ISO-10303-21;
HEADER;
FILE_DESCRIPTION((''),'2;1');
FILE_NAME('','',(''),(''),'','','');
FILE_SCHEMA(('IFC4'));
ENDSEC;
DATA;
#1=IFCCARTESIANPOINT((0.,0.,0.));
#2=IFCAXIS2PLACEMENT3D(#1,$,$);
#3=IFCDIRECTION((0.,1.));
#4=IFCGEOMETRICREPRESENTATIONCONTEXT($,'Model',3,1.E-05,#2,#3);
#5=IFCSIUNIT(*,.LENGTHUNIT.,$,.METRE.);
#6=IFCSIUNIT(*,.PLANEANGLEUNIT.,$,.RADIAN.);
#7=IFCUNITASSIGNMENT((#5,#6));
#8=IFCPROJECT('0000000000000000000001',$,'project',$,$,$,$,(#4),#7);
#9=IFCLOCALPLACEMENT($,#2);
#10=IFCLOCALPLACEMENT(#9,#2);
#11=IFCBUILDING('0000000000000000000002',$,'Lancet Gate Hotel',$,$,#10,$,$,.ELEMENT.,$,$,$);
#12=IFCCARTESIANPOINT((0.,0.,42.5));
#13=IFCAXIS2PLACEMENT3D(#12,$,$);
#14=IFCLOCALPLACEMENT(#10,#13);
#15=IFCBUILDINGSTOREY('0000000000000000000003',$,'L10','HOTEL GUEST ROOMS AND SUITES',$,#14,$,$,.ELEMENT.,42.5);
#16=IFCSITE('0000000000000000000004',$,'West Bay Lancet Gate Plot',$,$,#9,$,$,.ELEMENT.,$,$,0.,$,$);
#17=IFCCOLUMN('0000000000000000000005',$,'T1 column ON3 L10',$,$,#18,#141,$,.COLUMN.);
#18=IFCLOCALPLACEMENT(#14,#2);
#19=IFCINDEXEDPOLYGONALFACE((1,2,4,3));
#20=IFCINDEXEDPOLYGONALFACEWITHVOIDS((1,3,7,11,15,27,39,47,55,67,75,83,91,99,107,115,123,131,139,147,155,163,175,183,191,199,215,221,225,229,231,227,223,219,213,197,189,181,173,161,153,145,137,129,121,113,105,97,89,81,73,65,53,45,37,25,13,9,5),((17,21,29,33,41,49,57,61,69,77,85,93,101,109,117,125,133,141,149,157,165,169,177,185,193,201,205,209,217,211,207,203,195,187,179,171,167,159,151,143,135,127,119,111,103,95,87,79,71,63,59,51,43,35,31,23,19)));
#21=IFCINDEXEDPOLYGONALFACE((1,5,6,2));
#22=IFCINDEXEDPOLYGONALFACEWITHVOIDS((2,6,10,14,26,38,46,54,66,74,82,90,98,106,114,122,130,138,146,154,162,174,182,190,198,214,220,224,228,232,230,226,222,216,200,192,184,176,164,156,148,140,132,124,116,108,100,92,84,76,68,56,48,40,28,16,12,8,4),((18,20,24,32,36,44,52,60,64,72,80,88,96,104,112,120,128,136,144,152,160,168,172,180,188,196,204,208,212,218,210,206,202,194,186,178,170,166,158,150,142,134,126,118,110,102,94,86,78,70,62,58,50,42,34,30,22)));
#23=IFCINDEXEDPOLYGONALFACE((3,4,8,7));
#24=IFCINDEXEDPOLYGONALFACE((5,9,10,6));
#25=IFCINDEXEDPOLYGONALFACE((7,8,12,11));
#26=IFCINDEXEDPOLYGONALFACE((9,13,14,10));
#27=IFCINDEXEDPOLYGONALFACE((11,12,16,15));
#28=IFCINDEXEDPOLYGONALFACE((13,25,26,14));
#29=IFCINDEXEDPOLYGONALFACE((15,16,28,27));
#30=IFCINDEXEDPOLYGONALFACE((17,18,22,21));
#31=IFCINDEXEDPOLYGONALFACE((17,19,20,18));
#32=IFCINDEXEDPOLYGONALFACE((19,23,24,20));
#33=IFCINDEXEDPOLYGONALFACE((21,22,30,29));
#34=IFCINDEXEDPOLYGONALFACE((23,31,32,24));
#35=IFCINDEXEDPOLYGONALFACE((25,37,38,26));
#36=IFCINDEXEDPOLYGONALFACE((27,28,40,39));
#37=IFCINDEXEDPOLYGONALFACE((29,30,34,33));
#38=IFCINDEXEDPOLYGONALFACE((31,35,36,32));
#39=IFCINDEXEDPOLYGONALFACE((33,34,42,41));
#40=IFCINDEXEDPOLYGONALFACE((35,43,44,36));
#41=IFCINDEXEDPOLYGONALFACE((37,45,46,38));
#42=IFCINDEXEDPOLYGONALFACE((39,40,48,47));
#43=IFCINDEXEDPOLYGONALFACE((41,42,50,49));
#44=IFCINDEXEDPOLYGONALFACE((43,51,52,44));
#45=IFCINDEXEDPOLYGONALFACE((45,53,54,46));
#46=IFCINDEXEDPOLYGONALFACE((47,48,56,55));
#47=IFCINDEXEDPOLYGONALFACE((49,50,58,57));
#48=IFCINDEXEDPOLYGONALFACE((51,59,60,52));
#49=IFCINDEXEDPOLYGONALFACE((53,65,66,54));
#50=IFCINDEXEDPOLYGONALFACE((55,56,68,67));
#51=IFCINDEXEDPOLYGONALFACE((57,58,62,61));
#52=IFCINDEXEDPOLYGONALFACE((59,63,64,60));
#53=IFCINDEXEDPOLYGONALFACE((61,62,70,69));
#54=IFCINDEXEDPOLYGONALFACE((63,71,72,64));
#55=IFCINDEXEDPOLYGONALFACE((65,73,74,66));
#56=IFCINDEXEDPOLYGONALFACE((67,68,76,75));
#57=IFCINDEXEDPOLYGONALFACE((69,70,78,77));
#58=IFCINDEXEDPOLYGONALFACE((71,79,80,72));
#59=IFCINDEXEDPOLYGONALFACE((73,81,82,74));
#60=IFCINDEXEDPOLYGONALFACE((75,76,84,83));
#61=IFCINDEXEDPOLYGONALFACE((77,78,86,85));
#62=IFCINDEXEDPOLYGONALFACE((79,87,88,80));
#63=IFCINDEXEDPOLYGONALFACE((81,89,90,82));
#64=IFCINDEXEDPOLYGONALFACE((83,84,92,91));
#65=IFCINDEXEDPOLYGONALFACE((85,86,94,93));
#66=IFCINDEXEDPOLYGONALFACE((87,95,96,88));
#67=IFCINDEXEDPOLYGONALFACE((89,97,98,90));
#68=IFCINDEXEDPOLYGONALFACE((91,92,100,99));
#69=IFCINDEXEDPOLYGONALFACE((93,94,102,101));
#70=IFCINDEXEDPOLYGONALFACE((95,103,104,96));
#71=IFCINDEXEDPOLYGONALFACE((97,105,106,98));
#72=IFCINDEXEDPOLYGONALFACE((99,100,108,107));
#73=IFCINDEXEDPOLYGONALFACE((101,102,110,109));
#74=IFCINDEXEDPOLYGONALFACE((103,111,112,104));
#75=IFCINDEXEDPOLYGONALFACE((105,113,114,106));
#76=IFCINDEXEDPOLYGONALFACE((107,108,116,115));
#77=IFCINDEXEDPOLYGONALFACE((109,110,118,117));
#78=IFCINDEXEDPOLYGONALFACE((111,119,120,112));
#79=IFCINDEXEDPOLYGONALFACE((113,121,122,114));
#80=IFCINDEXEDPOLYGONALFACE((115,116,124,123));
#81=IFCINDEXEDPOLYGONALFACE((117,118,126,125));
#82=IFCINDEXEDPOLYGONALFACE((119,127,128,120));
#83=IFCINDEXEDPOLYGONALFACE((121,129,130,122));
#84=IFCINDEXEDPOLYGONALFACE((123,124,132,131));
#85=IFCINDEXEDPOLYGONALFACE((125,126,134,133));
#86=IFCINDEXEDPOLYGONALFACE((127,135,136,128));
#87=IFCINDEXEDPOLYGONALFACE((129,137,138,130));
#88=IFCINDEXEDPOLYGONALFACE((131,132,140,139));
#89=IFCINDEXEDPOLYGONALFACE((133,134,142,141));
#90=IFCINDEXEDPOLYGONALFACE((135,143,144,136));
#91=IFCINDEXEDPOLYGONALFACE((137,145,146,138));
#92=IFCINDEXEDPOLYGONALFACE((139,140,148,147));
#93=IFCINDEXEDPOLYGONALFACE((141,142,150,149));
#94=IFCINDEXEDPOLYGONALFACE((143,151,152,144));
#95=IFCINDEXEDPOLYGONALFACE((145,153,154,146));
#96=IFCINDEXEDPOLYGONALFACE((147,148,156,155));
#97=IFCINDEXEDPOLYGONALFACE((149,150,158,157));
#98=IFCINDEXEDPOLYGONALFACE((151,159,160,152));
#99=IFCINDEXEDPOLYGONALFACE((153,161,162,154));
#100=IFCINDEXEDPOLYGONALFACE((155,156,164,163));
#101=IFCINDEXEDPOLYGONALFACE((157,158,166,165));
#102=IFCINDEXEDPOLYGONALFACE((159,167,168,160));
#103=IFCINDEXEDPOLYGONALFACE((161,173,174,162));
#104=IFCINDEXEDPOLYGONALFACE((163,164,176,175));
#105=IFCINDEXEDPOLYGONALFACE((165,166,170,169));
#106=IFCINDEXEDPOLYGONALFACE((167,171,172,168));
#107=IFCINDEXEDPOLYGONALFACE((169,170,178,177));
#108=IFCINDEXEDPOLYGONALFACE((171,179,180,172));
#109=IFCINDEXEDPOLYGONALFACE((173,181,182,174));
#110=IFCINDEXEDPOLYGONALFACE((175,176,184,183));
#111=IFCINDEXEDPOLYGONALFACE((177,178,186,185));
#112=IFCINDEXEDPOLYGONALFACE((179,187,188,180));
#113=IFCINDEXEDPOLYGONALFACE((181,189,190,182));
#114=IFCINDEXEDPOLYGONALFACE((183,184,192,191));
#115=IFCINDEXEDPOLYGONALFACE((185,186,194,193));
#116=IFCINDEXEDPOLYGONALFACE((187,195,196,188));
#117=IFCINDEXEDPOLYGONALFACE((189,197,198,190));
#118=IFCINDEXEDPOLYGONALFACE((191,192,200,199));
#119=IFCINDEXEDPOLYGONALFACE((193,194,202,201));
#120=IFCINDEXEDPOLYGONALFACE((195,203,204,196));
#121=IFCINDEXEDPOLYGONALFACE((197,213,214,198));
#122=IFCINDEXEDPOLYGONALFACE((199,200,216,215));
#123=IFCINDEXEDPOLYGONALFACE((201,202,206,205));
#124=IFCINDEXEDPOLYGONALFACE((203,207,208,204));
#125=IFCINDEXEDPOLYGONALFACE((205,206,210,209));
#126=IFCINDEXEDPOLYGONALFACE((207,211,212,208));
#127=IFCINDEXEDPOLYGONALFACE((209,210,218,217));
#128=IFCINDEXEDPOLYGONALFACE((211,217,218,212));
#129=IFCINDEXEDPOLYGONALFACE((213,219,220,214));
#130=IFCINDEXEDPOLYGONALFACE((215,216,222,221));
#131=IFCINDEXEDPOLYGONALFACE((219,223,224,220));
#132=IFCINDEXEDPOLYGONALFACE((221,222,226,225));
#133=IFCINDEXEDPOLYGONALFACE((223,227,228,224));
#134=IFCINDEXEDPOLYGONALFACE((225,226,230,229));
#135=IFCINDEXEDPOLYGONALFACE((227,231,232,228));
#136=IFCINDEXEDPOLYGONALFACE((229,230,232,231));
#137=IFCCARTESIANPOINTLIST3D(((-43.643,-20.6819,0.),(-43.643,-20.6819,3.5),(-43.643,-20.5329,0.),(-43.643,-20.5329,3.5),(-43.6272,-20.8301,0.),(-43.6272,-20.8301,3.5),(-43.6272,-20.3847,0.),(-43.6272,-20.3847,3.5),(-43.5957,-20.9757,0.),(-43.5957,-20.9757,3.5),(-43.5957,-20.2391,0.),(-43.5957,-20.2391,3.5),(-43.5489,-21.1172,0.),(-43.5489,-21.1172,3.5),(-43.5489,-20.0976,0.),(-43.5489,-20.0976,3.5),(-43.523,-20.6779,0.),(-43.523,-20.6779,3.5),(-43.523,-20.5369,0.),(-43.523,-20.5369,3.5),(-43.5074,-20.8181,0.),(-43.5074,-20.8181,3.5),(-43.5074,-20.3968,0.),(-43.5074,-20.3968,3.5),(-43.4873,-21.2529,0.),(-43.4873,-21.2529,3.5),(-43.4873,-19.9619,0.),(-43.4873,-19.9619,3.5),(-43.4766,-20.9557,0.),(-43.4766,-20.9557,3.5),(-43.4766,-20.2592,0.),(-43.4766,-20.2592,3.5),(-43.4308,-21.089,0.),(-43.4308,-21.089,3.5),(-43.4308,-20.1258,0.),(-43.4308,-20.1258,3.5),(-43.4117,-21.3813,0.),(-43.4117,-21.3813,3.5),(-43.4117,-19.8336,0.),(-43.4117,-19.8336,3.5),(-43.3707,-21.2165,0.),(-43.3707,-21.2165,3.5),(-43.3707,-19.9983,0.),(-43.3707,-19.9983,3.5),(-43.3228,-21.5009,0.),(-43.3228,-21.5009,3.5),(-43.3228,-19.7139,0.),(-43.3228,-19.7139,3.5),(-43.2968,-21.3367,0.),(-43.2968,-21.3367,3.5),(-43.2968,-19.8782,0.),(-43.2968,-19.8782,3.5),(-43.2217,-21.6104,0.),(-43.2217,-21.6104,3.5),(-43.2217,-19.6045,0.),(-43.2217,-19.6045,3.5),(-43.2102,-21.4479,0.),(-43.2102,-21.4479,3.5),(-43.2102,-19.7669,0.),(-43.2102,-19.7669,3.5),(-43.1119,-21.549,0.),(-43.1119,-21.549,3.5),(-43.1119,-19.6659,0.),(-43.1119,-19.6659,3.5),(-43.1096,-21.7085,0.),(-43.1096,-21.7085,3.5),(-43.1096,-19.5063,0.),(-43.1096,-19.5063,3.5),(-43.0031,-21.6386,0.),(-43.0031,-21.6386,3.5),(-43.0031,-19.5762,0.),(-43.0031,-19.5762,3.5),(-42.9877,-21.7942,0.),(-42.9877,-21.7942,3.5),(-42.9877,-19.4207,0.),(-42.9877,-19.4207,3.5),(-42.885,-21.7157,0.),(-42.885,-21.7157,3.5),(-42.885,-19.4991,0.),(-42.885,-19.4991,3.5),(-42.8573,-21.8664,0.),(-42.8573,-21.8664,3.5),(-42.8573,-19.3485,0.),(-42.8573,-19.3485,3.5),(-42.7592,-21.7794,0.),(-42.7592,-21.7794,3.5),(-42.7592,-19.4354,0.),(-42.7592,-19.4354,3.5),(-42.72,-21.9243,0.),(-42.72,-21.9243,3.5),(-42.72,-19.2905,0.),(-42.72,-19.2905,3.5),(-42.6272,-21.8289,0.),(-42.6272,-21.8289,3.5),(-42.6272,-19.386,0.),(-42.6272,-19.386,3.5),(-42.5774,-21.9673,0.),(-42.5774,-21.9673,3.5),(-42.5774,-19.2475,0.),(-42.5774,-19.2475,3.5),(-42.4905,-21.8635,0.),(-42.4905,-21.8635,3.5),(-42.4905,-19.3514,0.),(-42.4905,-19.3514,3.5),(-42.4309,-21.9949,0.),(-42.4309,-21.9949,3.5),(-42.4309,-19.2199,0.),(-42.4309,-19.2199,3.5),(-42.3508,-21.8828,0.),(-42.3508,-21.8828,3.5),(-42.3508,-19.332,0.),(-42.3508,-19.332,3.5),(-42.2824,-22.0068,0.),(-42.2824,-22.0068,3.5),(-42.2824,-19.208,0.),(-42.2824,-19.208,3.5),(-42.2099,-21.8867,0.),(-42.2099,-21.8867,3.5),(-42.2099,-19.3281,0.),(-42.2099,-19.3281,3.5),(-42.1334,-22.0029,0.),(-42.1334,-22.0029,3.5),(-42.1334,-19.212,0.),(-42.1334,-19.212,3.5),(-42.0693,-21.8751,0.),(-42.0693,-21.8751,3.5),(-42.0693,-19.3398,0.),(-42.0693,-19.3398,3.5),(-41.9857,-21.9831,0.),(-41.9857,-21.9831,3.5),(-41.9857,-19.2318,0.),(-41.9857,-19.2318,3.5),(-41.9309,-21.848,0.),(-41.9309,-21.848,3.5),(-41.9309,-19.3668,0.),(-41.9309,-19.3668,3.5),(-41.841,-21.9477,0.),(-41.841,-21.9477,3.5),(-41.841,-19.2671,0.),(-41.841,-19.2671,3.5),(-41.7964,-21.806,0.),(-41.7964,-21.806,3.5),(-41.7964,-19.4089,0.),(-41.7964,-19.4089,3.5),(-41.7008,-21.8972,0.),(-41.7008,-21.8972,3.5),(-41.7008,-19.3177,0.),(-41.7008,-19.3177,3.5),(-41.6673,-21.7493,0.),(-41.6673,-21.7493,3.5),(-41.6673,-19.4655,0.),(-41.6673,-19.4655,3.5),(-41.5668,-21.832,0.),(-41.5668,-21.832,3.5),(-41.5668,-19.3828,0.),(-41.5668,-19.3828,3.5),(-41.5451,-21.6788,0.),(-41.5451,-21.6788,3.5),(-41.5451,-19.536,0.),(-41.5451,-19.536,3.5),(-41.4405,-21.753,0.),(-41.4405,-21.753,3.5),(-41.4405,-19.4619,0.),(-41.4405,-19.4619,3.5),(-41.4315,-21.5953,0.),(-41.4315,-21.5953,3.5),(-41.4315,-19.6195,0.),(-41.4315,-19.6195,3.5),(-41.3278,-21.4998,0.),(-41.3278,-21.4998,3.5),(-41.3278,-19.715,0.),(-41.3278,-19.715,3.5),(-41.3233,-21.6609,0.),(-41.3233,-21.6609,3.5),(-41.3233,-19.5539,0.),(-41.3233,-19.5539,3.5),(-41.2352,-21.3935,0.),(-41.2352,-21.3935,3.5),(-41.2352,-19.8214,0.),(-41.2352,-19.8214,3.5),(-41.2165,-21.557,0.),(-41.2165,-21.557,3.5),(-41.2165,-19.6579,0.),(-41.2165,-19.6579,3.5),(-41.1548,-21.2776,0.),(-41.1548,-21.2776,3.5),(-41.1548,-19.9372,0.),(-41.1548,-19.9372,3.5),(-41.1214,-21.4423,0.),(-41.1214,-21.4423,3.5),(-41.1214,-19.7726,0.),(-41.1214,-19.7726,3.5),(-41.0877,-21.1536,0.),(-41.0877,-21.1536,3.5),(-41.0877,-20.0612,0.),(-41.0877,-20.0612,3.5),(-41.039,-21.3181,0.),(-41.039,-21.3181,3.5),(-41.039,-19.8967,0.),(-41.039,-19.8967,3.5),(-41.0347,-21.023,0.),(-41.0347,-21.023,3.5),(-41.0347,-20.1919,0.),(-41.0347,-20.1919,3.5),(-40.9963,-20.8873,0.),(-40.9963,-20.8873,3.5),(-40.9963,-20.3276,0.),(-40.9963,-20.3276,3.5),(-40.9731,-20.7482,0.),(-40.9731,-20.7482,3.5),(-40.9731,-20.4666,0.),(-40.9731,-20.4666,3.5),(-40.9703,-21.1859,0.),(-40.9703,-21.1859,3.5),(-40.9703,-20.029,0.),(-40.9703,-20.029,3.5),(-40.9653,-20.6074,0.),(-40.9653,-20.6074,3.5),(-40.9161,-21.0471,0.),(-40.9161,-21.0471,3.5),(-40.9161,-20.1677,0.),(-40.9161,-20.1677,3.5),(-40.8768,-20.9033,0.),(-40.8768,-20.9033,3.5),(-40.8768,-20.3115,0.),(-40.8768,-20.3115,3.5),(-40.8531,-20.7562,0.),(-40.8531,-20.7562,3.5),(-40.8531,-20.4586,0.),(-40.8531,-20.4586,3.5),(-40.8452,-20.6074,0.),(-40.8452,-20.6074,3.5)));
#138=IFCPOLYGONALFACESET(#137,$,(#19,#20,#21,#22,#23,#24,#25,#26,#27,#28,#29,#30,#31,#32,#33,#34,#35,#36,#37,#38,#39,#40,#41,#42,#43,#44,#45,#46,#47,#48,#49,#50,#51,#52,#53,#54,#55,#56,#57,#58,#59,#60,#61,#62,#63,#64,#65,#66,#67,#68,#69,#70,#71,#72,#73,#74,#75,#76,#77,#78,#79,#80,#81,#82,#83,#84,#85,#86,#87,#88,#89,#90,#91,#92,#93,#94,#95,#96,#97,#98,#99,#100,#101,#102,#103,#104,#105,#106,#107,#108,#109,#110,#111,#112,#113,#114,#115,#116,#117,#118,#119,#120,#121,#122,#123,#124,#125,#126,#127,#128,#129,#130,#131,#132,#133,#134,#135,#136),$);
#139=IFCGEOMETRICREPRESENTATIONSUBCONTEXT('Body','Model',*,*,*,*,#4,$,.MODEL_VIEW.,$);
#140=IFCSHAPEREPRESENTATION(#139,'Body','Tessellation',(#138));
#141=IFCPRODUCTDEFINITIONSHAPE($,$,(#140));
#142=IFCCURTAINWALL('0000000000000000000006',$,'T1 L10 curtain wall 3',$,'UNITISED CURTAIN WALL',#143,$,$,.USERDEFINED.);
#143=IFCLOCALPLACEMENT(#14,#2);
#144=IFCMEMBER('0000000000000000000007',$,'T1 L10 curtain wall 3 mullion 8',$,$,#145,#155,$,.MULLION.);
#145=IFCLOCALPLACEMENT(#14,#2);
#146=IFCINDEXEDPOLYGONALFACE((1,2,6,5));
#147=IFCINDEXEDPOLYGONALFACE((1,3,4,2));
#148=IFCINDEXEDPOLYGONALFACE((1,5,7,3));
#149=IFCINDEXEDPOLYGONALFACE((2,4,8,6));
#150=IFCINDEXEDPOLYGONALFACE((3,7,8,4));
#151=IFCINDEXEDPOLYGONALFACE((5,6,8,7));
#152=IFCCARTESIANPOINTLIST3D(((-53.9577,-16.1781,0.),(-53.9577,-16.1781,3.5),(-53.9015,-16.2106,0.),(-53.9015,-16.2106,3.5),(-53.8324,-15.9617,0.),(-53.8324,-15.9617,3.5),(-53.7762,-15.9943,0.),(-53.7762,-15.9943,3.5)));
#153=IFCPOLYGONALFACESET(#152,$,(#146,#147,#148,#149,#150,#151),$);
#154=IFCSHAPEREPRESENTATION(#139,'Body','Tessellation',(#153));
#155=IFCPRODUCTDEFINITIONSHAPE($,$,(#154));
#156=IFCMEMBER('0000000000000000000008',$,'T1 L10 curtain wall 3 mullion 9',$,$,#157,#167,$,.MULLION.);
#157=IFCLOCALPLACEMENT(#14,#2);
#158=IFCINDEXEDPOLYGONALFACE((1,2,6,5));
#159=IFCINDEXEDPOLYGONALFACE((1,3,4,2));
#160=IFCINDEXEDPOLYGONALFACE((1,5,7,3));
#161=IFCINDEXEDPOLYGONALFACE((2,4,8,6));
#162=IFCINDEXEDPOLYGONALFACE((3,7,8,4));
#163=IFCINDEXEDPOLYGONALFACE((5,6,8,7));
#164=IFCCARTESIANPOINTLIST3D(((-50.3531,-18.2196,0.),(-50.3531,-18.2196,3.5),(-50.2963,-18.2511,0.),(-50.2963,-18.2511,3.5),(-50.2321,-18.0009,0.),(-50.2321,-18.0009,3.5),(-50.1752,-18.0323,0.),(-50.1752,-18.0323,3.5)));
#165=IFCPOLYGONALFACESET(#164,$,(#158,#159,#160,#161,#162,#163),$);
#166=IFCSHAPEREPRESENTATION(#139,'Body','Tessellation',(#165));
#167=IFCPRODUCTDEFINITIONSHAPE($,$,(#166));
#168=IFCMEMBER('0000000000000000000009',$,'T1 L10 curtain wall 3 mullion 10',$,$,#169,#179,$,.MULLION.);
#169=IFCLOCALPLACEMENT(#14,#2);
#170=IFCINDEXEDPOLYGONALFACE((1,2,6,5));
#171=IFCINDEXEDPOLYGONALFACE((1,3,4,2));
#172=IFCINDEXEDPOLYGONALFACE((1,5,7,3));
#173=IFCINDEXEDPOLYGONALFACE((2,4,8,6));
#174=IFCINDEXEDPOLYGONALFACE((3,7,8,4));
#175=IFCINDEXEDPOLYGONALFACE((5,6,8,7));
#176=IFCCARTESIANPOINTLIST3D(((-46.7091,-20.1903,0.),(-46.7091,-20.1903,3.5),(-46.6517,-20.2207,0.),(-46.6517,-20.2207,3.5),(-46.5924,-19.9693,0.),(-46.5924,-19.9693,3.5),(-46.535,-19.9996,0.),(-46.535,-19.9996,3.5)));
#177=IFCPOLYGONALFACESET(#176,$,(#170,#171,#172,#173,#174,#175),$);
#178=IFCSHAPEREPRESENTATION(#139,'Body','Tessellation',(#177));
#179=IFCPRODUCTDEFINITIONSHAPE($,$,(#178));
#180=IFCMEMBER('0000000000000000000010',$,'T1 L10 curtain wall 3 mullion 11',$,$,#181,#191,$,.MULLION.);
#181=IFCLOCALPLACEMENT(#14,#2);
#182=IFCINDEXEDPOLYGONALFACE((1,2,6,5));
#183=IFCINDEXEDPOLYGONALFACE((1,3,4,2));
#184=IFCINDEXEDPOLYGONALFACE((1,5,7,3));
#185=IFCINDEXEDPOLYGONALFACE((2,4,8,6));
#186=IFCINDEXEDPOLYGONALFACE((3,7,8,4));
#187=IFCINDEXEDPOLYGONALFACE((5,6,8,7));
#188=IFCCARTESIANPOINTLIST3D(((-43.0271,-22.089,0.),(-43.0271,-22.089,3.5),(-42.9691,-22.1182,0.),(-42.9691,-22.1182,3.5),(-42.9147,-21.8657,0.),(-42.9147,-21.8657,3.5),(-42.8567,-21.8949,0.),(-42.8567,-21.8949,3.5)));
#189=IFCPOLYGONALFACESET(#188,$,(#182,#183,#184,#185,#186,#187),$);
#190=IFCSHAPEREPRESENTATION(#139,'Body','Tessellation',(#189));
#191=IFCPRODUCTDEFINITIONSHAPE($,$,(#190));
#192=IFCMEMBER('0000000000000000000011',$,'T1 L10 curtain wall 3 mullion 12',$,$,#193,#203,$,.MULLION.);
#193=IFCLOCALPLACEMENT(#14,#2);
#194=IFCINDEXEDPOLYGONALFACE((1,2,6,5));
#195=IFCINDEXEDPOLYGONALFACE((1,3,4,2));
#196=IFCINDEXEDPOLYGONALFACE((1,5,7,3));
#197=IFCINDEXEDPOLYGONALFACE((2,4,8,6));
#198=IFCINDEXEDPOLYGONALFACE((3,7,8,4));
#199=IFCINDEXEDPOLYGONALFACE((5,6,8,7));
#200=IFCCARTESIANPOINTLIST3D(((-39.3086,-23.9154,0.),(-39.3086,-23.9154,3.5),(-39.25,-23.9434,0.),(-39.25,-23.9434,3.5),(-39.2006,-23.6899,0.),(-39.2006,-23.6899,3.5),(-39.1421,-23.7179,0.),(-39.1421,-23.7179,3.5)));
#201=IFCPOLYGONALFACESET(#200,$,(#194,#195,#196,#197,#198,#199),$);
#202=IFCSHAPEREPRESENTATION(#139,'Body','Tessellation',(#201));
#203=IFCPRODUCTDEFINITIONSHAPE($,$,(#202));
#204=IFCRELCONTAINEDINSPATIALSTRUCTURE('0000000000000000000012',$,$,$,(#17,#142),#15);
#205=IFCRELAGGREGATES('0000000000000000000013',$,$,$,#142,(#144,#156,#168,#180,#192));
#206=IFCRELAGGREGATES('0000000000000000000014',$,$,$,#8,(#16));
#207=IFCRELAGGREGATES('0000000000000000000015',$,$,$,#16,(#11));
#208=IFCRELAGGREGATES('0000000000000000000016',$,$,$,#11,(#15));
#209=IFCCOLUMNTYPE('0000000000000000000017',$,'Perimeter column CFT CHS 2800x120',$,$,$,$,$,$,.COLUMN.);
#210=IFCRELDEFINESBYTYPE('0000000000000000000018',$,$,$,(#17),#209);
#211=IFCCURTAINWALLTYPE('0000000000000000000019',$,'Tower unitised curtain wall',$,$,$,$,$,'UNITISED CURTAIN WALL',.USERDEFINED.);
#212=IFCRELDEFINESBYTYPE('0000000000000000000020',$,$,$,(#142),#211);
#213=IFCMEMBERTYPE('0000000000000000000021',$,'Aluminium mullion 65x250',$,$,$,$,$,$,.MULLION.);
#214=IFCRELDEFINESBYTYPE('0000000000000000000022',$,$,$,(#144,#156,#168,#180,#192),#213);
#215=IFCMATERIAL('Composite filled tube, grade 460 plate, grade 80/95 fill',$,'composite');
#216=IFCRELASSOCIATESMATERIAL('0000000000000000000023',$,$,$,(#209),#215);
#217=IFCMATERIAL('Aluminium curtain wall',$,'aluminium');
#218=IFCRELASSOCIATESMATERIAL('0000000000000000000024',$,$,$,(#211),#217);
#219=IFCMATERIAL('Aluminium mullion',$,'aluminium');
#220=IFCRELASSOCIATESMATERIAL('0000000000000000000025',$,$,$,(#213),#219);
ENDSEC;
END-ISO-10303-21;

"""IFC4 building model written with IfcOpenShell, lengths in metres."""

from ifc_helpers import new_model, si_unit, direction, frame, origin, origin_2d, place, context, subcontext, project, spatial, rectangle, hollow_circle, extrude, material, material_profile, profile_set, type_object, element, aggregate, save


model = new_model("IFC4")

# Units and contexts
model_context = context("Model", 3, precision=1e-05, world=origin(), true_north=direction((0.0, 1.0)))
body_context = subcontext(model_context, "Body", "Model", "MODEL_VIEW")
ifc_project = project(units=[si_unit("LENGTHUNIT", "METRE"), si_unit("PLANEANGLEUNIT", "RADIAN")], contexts=[model_context])

# Site, building, storey
site_placement = place(None, origin())
site = spatial("IfcSite", under=ifc_project, at=site_placement, Name="West Bay Lancet Gate Plot", CompositionType="ELEMENT", RefElevation=0.0)
building_placement = place(site_placement, origin())
building = spatial("IfcBuilding", under=site, at=building_placement, Name="Lancet Gate Hotel", CompositionType="ELEMENT")
storey_placement = place(building_placement, frame((0.0, 0.0, 42.5)))
storey = spatial("IfcBuildingStorey", under=building, at=storey_placement, Name="L10", Description="HOTEL GUEST ROOMS AND SUITES", CompositionType="ELEMENT", Elevation=42.5)

# Column
ifc_material_1 = material(Name="Composite filled tube, grade 460 plate, grade 80/95 fill", Category="composite")
ifc_material_profile_1 = material_profile(ifc_material_1, hollow_circle(Radius=1.3999, WallThickness=0.1201, at=origin_2d()), Name="CHS 2800x120")
ifc_profile_set_1 = profile_set([ifc_material_profile_1], Name="Composite filled tube, grade 460 plate, grade 80/95 fill")
column_type = type_object("IfcColumnType", Name="Perimeter column CFT CHS 2800x120", PredefinedType="COLUMN", material=ifc_profile_set_1)
for number, where, z_axis, x_axis, name in (
    (1, (-42.2451, -20.6074, 0.0), (0.0, 0.0, 1.0), (1.0, 0.0, 0.0), "T1 column ON3 L10"),
):
    element("IfcColumn", number, at=place(storey_placement, frame(where, z_axis=z_axis, x_axis=x_axis)), inside=storey, type_object=column_type, Name=name, PredefinedType="COLUMN", context=body_context, shape_type="SweptSolid", body=[
        extrude(hollow_circle(Radius=1.3999, WallThickness=0.1201, at=origin_2d()), origin(), (0.0, 0.0, 1.0), 3.5),
    ])

# Curtain wall, members
ifc_material_2 = material(Name="Aluminium curtain wall", Category="aluminium")
curtain_wall_type = type_object("IfcCurtainWallType", Name="Tower unitised curtain wall", ElementType="UNITISED CURTAIN WALL", PredefinedType="USERDEFINED", material=ifc_material_2)
curtain_wall_placement = place(storey_placement, origin())
curtain_wall = element("IfcCurtainWall", 2, at=curtain_wall_placement, inside=storey, type_object=curtain_wall_type, Name="T1 L10 curtain wall 3", ObjectType="UNITISED CURTAIN WALL", PredefinedType="USERDEFINED")
ifc_material_3 = material(Name="Aluminium mullion", Category="aluminium")
ifc_material_profile_2 = material_profile(ifc_material_3, rectangle(XDim=0.0649, YDim=0.25, at=origin_2d()), Name="MULLION 65x250")
ifc_profile_set_2 = profile_set([ifc_material_profile_2], Name="Aluminium mullion")
member_type_1 = type_object("IfcMemberType", Name="Aluminium mullion 65x250", PredefinedType="MULLION", material=ifc_profile_set_2)
member_1_placement = place(storey_placement, frame((-53.8669, -16.0862, 0.0), z_axis=(0.0, 0.0, 1.0), x_axis=(0.865335, -0.501194, 0.0)))
member_1 = element("IfcMember", 3, at=member_1_placement, type_object=member_type_1, Name="T1 L10 curtain wall 3 mullion 8", PredefinedType="MULLION", context=body_context, shape_type="SweptSolid", body=[
    extrude(rectangle(XDim=0.0649, YDim=0.25, at=origin_2d()), origin(), (0.0, 0.0, 1.0), 3.5),
])
member_2_placement = place(storey_placement, frame((-50.2642, -18.126, 0.0), z_axis=(0.0, 0.0, 1.0), x_axis=(0.874991, -0.484139, 0.0)))
member_2 = element("IfcMember", 4, at=member_2_placement, type_object=member_type_1, Name="T1 L10 curtain wall 3 mullion 9", PredefinedType="MULLION", context=body_context, shape_type="SweptSolid", body=[
    extrude(rectangle(XDim=0.0649, YDim=0.25, at=origin_2d()), origin(), (0.0, 0.0, 1.0), 3.5),
])
member_3_placement = place(storey_placement, frame((-46.6221, -20.095, 0.0), z_axis=(0.0, 0.0, 1.0), x_axis=(0.884311, -0.466898, 0.0)))
member_3 = element("IfcMember", 5, at=member_3_placement, type_object=member_type_1, Name="T1 L10 curtain wall 3 mullion 10", PredefinedType="MULLION", context=body_context, shape_type="SweptSolid", body=[
    extrude(rectangle(XDim=0.0649, YDim=0.25, at=origin_2d()), origin(), (0.0, 0.0, 1.0), 3.5),
])
member_4_placement = place(storey_placement, frame((-42.9419, -21.9919, 0.0), z_axis=(0.0, 0.0, 1.0), x_axis=(0.893292, -0.449478, 0.0)))
member_4 = element("IfcMember", 6, at=member_4_placement, type_object=member_type_1, Name="T1 L10 curtain wall 3 mullion 11", PredefinedType="MULLION", context=body_context, shape_type="SweptSolid", body=[
    extrude(rectangle(XDim=0.0649, YDim=0.25, at=origin_2d()), origin(), (0.0, 0.0, 1.0), 3.5),
])
member_5_placement = place(storey_placement, frame((-39.2253, -23.8167, 0.0), z_axis=(0.0, 0.0, 1.0), x_axis=(0.901929, -0.431885, 0.0)))
member_5 = element("IfcMember", 7, at=member_5_placement, type_object=member_type_1, Name="T1 L10 curtain wall 3 mullion 12", PredefinedType="MULLION", context=body_context, shape_type="SweptSolid", body=[
    extrude(rectangle(XDim=0.0649, YDim=0.25, at=origin_2d()), origin(), (0.0, 0.0, 1.0), 3.5),
])

aggregate(curtain_wall, [member_1, member_2, member_3, member_4, member_5])

save(model, "model.ifc")
